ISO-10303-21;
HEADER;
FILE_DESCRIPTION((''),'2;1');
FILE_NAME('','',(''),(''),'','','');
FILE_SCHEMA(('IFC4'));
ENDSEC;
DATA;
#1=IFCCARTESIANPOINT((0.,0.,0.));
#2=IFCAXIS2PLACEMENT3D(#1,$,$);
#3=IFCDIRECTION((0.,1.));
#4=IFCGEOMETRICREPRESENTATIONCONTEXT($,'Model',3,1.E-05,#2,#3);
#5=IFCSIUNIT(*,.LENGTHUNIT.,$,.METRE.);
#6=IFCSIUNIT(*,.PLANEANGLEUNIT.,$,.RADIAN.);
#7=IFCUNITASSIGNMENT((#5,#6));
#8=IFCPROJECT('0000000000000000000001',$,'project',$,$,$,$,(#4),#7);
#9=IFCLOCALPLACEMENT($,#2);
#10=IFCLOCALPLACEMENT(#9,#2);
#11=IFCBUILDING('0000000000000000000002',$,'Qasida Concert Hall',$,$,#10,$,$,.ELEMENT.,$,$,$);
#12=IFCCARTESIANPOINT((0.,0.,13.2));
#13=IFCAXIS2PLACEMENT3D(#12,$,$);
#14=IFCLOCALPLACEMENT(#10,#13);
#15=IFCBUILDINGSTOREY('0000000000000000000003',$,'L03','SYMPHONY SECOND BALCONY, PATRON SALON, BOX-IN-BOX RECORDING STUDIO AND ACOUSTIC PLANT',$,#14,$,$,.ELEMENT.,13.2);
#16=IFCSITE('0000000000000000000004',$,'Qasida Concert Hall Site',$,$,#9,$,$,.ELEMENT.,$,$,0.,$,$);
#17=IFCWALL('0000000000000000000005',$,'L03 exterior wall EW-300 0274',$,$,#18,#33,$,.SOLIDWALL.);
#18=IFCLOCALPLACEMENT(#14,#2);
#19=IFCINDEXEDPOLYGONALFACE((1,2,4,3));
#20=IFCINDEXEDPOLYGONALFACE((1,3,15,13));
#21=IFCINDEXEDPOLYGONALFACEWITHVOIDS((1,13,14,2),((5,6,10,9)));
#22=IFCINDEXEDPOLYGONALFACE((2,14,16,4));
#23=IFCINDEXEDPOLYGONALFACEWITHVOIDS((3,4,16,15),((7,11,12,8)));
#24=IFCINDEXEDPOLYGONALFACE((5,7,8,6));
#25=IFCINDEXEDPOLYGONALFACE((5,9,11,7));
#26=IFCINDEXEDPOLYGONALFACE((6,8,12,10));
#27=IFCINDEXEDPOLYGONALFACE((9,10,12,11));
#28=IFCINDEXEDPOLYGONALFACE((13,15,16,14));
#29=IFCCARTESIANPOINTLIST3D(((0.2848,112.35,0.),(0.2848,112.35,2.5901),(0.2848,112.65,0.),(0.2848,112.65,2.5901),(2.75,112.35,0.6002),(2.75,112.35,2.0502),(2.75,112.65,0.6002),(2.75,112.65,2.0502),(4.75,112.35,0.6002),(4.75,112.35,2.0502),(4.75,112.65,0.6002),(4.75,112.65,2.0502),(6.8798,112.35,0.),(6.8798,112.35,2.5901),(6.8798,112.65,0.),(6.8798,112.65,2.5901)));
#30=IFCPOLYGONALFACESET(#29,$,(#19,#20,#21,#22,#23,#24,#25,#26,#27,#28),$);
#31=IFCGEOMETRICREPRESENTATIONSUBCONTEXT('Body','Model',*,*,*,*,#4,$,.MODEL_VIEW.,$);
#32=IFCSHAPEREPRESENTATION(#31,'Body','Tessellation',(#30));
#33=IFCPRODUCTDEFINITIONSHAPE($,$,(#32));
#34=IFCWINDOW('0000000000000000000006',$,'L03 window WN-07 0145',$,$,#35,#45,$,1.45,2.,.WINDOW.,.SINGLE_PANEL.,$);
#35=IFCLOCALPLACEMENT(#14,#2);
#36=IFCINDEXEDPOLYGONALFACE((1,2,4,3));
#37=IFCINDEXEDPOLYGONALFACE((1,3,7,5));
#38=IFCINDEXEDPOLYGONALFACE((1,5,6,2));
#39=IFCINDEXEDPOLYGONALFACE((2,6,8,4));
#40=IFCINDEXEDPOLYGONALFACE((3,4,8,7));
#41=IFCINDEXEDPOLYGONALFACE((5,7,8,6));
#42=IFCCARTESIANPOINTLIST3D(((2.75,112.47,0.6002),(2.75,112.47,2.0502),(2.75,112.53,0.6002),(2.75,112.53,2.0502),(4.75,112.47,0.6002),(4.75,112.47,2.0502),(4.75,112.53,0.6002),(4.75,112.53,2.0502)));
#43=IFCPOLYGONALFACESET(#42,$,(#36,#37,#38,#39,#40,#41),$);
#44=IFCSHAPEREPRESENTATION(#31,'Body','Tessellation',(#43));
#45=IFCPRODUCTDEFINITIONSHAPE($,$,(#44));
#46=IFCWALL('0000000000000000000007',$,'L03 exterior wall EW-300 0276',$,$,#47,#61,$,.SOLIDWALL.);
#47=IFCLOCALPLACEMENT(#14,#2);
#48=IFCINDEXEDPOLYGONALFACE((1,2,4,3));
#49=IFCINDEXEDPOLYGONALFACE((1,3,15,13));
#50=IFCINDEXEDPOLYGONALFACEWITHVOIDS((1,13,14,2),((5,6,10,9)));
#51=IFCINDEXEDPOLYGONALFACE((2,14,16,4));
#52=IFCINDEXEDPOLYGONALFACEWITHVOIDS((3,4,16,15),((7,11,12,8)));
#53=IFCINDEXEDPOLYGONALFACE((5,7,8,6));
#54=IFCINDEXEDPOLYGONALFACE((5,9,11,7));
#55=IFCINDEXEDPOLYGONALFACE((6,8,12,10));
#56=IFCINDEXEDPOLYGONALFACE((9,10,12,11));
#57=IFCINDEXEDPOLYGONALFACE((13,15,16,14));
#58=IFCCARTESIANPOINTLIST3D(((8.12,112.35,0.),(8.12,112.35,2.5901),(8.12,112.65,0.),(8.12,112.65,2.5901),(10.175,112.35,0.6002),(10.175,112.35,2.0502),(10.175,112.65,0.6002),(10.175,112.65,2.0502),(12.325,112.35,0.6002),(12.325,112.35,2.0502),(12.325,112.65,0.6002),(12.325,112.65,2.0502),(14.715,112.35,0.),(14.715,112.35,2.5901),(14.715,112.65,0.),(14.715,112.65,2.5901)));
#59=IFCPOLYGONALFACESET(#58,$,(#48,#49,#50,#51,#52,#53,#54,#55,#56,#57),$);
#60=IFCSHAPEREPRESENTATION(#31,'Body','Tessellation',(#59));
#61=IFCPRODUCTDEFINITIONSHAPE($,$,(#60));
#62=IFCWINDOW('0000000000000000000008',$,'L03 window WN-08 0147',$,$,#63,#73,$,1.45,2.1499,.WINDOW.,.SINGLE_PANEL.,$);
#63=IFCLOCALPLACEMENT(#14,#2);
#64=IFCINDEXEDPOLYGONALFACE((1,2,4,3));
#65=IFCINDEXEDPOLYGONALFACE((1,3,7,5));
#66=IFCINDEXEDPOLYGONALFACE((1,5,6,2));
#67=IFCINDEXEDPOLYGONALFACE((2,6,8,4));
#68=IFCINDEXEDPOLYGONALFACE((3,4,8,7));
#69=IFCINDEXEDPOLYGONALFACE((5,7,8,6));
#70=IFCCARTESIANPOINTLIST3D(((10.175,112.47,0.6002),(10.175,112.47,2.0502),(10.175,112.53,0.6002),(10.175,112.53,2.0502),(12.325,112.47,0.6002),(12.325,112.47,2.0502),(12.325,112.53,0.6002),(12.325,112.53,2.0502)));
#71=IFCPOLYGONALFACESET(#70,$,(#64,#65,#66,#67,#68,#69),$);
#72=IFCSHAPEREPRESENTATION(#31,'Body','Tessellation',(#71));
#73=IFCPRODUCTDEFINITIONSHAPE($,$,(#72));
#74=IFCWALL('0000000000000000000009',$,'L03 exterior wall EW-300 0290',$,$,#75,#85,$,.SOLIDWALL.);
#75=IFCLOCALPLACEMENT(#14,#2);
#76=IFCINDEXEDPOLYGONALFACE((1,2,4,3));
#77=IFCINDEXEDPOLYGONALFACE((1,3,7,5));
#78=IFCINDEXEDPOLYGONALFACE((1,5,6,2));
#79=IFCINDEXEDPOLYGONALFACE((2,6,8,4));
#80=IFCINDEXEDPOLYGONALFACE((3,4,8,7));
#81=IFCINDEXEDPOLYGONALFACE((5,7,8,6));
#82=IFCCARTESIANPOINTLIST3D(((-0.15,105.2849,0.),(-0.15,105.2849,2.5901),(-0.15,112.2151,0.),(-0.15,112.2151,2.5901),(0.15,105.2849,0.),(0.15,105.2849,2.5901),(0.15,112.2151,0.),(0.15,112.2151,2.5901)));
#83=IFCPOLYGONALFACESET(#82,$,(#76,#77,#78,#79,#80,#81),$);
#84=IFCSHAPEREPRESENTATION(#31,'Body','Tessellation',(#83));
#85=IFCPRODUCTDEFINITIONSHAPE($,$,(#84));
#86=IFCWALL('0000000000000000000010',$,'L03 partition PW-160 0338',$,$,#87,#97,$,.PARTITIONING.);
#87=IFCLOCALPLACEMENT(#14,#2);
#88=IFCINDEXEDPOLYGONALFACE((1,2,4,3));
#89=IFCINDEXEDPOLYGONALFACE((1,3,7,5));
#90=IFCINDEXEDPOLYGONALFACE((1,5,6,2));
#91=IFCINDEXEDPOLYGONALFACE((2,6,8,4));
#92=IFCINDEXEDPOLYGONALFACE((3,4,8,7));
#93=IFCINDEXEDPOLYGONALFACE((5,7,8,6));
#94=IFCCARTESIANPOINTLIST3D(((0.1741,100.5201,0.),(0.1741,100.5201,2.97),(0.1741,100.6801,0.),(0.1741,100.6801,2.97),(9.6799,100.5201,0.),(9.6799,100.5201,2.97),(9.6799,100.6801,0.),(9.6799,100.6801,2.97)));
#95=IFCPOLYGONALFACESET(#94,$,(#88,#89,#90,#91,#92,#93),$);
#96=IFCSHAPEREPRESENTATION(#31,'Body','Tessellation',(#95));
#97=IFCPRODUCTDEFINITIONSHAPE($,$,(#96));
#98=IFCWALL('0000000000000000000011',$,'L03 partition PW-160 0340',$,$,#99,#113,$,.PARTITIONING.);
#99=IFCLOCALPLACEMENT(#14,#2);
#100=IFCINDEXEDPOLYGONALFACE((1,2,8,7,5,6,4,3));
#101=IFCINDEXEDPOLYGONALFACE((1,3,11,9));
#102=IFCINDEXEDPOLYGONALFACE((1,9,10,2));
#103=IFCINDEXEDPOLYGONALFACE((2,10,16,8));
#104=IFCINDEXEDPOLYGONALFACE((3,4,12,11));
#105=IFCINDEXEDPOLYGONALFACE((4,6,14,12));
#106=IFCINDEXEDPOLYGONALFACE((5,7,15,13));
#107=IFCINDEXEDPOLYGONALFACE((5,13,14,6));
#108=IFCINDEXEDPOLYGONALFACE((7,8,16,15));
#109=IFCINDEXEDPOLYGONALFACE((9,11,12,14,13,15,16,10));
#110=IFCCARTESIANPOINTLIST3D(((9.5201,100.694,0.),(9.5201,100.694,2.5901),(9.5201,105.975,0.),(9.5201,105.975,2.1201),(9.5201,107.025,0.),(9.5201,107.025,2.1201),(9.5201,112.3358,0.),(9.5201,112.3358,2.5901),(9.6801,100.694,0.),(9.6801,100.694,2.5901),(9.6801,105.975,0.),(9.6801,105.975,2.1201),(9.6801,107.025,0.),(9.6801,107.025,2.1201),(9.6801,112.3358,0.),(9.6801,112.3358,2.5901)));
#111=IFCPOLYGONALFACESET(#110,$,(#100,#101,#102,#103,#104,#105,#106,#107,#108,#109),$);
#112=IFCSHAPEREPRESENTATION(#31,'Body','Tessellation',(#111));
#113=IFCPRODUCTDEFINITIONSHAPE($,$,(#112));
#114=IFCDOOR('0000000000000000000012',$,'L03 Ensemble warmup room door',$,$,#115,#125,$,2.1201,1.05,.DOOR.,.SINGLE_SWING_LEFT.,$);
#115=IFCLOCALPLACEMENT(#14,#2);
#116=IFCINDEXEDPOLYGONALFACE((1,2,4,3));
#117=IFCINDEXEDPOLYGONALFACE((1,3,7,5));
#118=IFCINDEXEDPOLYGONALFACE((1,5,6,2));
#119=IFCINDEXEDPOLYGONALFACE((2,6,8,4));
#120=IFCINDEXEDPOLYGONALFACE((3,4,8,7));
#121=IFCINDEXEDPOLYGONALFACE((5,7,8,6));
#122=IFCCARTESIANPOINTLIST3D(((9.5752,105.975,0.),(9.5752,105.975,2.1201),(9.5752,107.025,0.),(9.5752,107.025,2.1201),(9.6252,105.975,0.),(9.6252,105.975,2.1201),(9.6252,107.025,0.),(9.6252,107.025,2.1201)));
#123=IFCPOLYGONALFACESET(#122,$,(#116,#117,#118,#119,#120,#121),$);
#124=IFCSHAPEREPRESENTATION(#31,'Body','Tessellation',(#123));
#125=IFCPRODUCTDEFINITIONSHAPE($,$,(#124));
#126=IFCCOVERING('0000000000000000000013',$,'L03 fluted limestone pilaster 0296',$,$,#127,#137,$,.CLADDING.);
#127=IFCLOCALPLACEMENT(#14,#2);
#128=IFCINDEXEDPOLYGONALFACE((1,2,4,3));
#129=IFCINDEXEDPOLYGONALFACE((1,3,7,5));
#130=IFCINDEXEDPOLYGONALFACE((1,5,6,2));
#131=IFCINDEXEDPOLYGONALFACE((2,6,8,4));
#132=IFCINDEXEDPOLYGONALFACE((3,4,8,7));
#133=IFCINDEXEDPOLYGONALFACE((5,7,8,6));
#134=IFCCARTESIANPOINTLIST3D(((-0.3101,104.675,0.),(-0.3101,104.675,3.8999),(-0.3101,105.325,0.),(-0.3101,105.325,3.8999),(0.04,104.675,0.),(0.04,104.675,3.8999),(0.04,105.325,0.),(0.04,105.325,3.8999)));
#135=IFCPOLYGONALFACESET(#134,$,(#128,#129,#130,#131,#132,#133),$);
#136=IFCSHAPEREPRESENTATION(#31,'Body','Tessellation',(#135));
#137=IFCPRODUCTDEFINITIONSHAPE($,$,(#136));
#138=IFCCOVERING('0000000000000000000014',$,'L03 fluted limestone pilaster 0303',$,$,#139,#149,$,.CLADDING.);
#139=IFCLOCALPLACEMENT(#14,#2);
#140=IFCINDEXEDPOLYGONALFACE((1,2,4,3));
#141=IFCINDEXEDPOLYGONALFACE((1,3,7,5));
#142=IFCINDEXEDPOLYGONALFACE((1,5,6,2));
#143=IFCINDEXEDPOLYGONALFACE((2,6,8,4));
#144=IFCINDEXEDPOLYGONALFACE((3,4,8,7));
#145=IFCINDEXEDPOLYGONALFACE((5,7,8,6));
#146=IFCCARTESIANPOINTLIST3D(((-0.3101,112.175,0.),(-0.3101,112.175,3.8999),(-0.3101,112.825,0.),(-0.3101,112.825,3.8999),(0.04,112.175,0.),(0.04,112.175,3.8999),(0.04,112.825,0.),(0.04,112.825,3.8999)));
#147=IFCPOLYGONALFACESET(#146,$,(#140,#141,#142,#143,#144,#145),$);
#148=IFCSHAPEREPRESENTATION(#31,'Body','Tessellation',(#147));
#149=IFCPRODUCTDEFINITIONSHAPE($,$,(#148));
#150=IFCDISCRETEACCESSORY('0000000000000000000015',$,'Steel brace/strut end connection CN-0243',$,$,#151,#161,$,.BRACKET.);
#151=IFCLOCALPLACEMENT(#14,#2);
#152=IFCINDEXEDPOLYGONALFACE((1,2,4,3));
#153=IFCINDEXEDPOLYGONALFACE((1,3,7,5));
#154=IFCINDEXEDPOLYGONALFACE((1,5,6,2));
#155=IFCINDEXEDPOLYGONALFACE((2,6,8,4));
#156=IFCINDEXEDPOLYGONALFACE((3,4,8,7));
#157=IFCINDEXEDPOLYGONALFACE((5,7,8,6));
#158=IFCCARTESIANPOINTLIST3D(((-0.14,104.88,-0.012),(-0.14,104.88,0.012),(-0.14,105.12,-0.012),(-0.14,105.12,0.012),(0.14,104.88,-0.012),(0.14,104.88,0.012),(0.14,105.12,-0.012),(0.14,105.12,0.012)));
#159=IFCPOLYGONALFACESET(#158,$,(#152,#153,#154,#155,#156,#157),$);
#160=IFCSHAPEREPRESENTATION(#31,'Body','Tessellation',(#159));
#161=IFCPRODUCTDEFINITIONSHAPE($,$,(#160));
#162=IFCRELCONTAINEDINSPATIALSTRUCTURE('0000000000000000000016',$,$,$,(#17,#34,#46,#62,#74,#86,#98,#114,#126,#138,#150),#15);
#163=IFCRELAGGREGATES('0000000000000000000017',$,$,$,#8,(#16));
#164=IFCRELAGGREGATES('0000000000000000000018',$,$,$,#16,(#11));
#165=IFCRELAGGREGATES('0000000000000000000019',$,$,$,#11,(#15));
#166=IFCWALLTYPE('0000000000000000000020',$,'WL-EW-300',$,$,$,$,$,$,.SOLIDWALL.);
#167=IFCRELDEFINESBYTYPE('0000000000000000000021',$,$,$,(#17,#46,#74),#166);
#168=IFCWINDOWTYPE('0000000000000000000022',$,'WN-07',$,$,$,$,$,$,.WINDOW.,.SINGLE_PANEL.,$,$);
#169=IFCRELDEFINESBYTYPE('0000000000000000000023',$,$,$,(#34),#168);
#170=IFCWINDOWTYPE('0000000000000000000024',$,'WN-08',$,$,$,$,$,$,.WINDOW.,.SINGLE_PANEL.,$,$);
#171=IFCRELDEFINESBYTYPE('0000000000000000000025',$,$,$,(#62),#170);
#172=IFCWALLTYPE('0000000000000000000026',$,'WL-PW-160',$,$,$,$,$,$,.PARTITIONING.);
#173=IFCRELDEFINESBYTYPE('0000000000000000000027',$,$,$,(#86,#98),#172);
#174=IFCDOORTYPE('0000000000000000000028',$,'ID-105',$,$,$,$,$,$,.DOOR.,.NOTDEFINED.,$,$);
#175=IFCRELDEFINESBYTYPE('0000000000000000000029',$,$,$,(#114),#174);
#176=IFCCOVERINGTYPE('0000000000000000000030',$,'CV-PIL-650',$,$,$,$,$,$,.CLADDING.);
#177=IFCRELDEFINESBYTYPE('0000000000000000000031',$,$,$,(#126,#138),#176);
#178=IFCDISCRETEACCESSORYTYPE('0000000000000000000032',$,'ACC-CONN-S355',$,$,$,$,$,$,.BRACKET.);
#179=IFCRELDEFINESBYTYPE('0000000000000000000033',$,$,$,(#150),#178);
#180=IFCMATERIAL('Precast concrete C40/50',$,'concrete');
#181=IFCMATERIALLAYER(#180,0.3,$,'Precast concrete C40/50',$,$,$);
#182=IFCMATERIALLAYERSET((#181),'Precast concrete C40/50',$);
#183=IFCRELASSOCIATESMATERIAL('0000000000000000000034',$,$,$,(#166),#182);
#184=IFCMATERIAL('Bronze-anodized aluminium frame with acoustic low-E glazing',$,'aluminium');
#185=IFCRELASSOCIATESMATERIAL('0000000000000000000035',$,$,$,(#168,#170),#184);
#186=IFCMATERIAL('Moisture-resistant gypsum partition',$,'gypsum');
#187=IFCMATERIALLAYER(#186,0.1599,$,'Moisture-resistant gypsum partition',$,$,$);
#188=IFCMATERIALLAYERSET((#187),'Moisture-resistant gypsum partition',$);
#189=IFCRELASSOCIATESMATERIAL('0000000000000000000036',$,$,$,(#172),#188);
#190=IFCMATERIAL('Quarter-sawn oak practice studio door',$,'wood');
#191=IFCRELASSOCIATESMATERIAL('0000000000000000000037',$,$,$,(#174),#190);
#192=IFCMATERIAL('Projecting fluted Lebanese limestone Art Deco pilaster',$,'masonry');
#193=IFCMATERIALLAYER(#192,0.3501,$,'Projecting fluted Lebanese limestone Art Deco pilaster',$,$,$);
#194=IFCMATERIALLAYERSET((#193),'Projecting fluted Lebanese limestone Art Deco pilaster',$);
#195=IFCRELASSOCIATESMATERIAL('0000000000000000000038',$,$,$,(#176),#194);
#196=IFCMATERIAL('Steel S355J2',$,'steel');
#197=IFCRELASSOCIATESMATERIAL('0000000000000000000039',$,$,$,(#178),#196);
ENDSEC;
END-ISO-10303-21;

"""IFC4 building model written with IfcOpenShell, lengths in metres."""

from ifc_helpers import new_model, si_unit, direction, frame, frame_2d, origin, origin_2d, place, context, subcontext, project, spatial, rectangle, extrude, material, layer, layer_set, type_object, element, fill, save


model = new_model("IFC4")

# Units and contexts
model_context = context("Model", 3, precision=1e-05, world=origin(), true_north=direction((0.0, 1.0)))
body_context = subcontext(model_context, "Body", "Model", "MODEL_VIEW")
ifc_project = project(units=[si_unit("LENGTHUNIT", "METRE"), si_unit("PLANEANGLEUNIT", "RADIAN")], contexts=[model_context])

# Site, building, storey
site_placement = place(None, origin())
site = spatial("IfcSite", under=ifc_project, at=site_placement, Name="Qasida Concert Hall Site", CompositionType="ELEMENT", RefElevation=0.0)
building_placement = place(site_placement, origin())
building = spatial("IfcBuilding", under=site, at=building_placement, Name="Qasida Concert Hall", CompositionType="ELEMENT")
storey_placement = place(building_placement, frame((0.0, 0.0, 13.2)))
storey = spatial("IfcBuildingStorey", under=building, at=storey_placement, Name="L03", Description="SYMPHONY SECOND BALCONY, PATRON SALON, BOX-IN-BOX RECORDING STUDIO AND ACOUSTIC PLANT", CompositionType="ELEMENT", Elevation=13.2)

# Shared definitions
ifc_material_1 = material(Name="Steel S355J2", Category="steel")

# Walls, openings, windows
ifc_material_2 = material(Name="Precast concrete C40/50", Category="concrete")
ifc_layer_1 = layer(ifc_material_2, 0.3, Name="Precast concrete C40/50")
ifc_layer_set_1 = layer_set([ifc_layer_1], Name="Precast concrete C40/50")
wall_type_1 = type_object("IfcWallType", Name="WL-EW-300", PredefinedType="SOLIDWALL", material=ifc_layer_set_1)
wall_1_placement = place(storey_placement, frame((0.2849, 112.5, 0.0), z_axis=(0.0, 0.0, 1.0), x_axis=(1.0, 0.0, 0.0)))
wall_1 = element("IfcWall", 1, at=wall_1_placement, inside=storey, type_object=wall_type_1, Name="L03 exterior wall EW-300 0274", PredefinedType="SOLIDWALL", context=body_context, shape_type="SweptSolid", body=[
    extrude(rectangle(XDim=6.595, YDim=0.3, at=frame_2d((3.2974, 0.0))), origin(), (0.0, 0.0, 1.0), 2.5901),
])
opening_1_placement = place(wall_1_placement, frame((2.4651, 0.0, 0.6001)))
opening_1 = element("IfcOpeningElement", 2, at=opening_1_placement, cuts=wall_1, PredefinedType="OPENING", context=body_context, shape_type="SweptSolid", body=[
    extrude(rectangle(XDim=2.0, YDim=1.45, at=frame_2d((1.0, 0.7251))), frame((0.0, 0.1599, 0.0), z_axis=(0.0, -1.0, 0.0), x_axis=(1.0, 0.0, 0.0)), (0.0, 0.0, 1.0), 0.3201),
])
ifc_material_3 = material(Name="Bronze-anodized aluminium frame with acoustic low-E glazing", Category="aluminium")
window_type_1 = type_object("IfcWindowType", Name="WN-07", PartitioningType="SINGLE_PANEL", PredefinedType="WINDOW", material=ifc_material_3)
window_1_placement = place(opening_1_placement, origin())
window_1 = element("IfcWindow", 3, at=window_1_placement, inside=storey, type_object=window_type_1, Name="L03 window WN-07 0145", OverallHeight=1.45, OverallWidth=2.0, PartitioningType="SINGLE_PANEL", PredefinedType="WINDOW", context=body_context, shape_type="SweptSolid", body=[
    extrude(rectangle(XDim=2.0, YDim=1.45, at=frame_2d((1.0, 0.7251))), frame((0.0, 0.03, 0.0), z_axis=(0.0, -1.0, 0.0), x_axis=(1.0, 0.0, 0.0)), (0.0, 0.0, 1.0), 0.0601),
])
fill(opening_1, window_1)
wall_2_placement = place(storey_placement, frame((8.1201, 112.5, 0.0), z_axis=(0.0, 0.0, 1.0), x_axis=(1.0, 0.0, 0.0)))
wall_2 = element("IfcWall", 4, at=wall_2_placement, inside=storey, type_object=wall_type_1, Name="L03 exterior wall EW-300 0276", PredefinedType="SOLIDWALL", context=body_context, shape_type="SweptSolid", body=[
    extrude(rectangle(XDim=6.595, YDim=0.3, at=frame_2d((3.2974, 0.0))), origin(), (0.0, 0.0, 1.0), 2.5901),
])
opening_2_placement = place(wall_2_placement, frame((2.0549, 0.0, 0.6001)))
opening_2 = element("IfcOpeningElement", 5, at=opening_2_placement, cuts=wall_2, PredefinedType="OPENING", context=body_context, shape_type="SweptSolid", body=[
    extrude(rectangle(XDim=2.1499, YDim=1.45, at=frame_2d((1.075, 0.7251))), frame((0.0, 0.1599, 0.0), z_axis=(0.0, -1.0, 0.0), x_axis=(1.0, 0.0, 0.0)), (0.0, 0.0, 1.0), 0.3201),
])
window_type_2 = type_object("IfcWindowType", Name="WN-08", PartitioningType="SINGLE_PANEL", PredefinedType="WINDOW", material=ifc_material_3)
window_2_placement = place(opening_2_placement, origin())
window_2 = element("IfcWindow", 6, at=window_2_placement, inside=storey, type_object=window_type_2, Name="L03 window WN-08 0147", OverallHeight=1.45, OverallWidth=2.1499, PartitioningType="SINGLE_PANEL", PredefinedType="WINDOW", context=body_context, shape_type="SweptSolid", body=[
    extrude(rectangle(XDim=2.1499, YDim=1.45, at=frame_2d((1.075, 0.7251))), frame((0.0, 0.03, 0.0), z_axis=(0.0, -1.0, 0.0), x_axis=(1.0, 0.0, 0.0)), (0.0, 0.0, 1.0), 0.0601),
])
fill(opening_2, window_2)

# Walls
wall_3_placement = place(storey_placement, frame((0.0, 105.2849, 0.0), z_axis=(0.0, 0.0, 1.0), x_axis=(0.0, 1.0, 0.0)))
element("IfcWall", 7, at=wall_3_placement, inside=storey, type_object=wall_type_1, Name="L03 exterior wall EW-300 0290", PredefinedType="SOLIDWALL", context=body_context, shape_type="SweptSolid", body=[
    extrude(rectangle(XDim=6.9302, YDim=0.3, at=frame_2d((3.4651, 0.0))), origin(), (0.0, 0.0, 1.0), 2.5901),
])
ifc_material_4 = material(Name="Moisture-resistant gypsum partition", Category="gypsum")
ifc_layer_2 = layer(ifc_material_4, 0.1599, Name="Moisture-resistant gypsum partition")
ifc_layer_set_2 = layer_set([ifc_layer_2], Name="Moisture-resistant gypsum partition")
wall_type_2 = type_object("IfcWallType", Name="WL-PW-160", PredefinedType="PARTITIONING", material=ifc_layer_set_2)
wall_4_placement = place(storey_placement, frame((0.1741, 100.6001, 0.0), z_axis=(0.0, 0.0, 1.0), x_axis=(1.0, 0.0, 0.0)))
element("IfcWall", 8, at=wall_4_placement, inside=storey, type_object=wall_type_2, Name="L03 partition PW-160 0338", PredefinedType="PARTITIONING", context=body_context, shape_type="SweptSolid", body=[
    extrude(rectangle(XDim=9.5059, YDim=0.1599, at=frame_2d((4.7529, 0.0))), origin(), (0.0, 0.0, 1.0), 2.97),
])

# Wall, opening, door
wall_5_placement = place(storey_placement, frame((9.6001, 100.6941, 0.0), z_axis=(0.0, 0.0, 1.0), x_axis=(0.0, 1.0, 0.0)))
wall_5 = element("IfcWall", 9, at=wall_5_placement, inside=storey, type_object=wall_type_2, Name="L03 partition PW-160 0340", PredefinedType="PARTITIONING", context=body_context, shape_type="SweptSolid", body=[
    extrude(rectangle(XDim=11.6418, YDim=0.1599, at=frame_2d((5.8208, 0.0))), origin(), (0.0, 0.0, 1.0), 2.5901),
])
opening_3_placement = place(wall_5_placement, frame((5.281, 0.0, 0.0)))
opening_3 = element("IfcOpeningElement", 10, at=opening_3_placement, cuts=wall_5, PredefinedType="OPENING", context=body_context, shape_type="SweptSolid", body=[
    extrude(rectangle(XDim=1.05, YDim=2.1201, at=frame_2d((0.5249, 1.0601))), frame((0.0, 0.0898, 0.0), z_axis=(0.0, -1.0, 0.0), x_axis=(1.0, 0.0, 0.0)), (0.0, 0.0, 1.0), 0.1799),
])
ifc_material_5 = material(Name="Quarter-sawn oak practice studio door", Category="wood")
door_type = type_object("IfcDoorType", Name="ID-105", OperationType="NOTDEFINED", PredefinedType="DOOR", material=ifc_material_5)
door_placement = place(opening_3_placement, origin())
door = element("IfcDoor", 11, at=door_placement, inside=storey, type_object=door_type, Name="L03 Ensemble warmup room door", OperationType="SINGLE_SWING_LEFT", OverallHeight=2.1201, OverallWidth=1.05, PredefinedType="DOOR", context=body_context, shape_type="SweptSolid", body=[
    extrude(rectangle(XDim=1.05, YDim=2.1201, at=frame_2d((0.5249, 1.0601))), frame((0.0, 0.0249, 0.0), z_axis=(0.0, -1.0, 0.0), x_axis=(1.0, 0.0, 0.0)), (0.0, 0.0, 1.0), 0.05),
])
fill(opening_3, door)

# Coverings
ifc_material_6 = material(Name="Projecting fluted Lebanese limestone Art Deco pilaster", Category="masonry")
ifc_layer_3 = layer(ifc_material_6, 0.3501, Name="Projecting fluted Lebanese limestone Art Deco pilaster")
ifc_layer_set_3 = layer_set([ifc_layer_3], Name="Projecting fluted Lebanese limestone Art Deco pilaster")
covering_type = type_object("IfcCoveringType", Name="CV-PIL-650", PredefinedType="CLADDING", material=ifc_layer_set_3)
for number, where, z_axis, x_axis, name in (
    (12, (-0.135, 105.0, 0.0), (0.0, 0.0, 1.0), (1.0, 0.0, 0.0), "L03 fluted limestone pilaster 0296"),
    (13, (-0.135, 112.5, 0.0), (0.0, 0.0, 1.0), (1.0, 0.0, 0.0), "L03 fluted limestone pilaster 0303"),
):
    element("IfcCovering", number, at=place(storey_placement, frame(where, z_axis=z_axis, x_axis=x_axis)), inside=storey, type_object=covering_type, Name=name, PredefinedType="CLADDING", context=body_context, shape_type="SweptSolid", body=[
        extrude(rectangle(XDim=0.3501, YDim=0.6499, at=origin_2d()), origin(), (0.0, 0.0, 1.0), 3.8999),
    ])

# Discrete accessory
discrete_accessory_type = type_object("IfcDiscreteAccessoryType", Name="ACC-CONN-S355", PredefinedType="BRACKET", material=ifc_material_1)
discrete_accessory_placement = place(storey_placement, frame((0.0, 105.0, -0.012), z_axis=(0.0, 0.0, 1.0), x_axis=(1.0, 0.0, 0.0)))
element("IfcDiscreteAccessory", 14, at=discrete_accessory_placement, inside=storey, type_object=discrete_accessory_type, Name="Steel brace/strut end connection CN-0243", PredefinedType="BRACKET", context=body_context, shape_type="SweptSolid", body=[
    extrude(rectangle(XDim=0.28, YDim=0.24, at=origin_2d()), origin(), (0.0, 0.0, 1.0), 0.0239),
])

save(model, "model.ifc")
